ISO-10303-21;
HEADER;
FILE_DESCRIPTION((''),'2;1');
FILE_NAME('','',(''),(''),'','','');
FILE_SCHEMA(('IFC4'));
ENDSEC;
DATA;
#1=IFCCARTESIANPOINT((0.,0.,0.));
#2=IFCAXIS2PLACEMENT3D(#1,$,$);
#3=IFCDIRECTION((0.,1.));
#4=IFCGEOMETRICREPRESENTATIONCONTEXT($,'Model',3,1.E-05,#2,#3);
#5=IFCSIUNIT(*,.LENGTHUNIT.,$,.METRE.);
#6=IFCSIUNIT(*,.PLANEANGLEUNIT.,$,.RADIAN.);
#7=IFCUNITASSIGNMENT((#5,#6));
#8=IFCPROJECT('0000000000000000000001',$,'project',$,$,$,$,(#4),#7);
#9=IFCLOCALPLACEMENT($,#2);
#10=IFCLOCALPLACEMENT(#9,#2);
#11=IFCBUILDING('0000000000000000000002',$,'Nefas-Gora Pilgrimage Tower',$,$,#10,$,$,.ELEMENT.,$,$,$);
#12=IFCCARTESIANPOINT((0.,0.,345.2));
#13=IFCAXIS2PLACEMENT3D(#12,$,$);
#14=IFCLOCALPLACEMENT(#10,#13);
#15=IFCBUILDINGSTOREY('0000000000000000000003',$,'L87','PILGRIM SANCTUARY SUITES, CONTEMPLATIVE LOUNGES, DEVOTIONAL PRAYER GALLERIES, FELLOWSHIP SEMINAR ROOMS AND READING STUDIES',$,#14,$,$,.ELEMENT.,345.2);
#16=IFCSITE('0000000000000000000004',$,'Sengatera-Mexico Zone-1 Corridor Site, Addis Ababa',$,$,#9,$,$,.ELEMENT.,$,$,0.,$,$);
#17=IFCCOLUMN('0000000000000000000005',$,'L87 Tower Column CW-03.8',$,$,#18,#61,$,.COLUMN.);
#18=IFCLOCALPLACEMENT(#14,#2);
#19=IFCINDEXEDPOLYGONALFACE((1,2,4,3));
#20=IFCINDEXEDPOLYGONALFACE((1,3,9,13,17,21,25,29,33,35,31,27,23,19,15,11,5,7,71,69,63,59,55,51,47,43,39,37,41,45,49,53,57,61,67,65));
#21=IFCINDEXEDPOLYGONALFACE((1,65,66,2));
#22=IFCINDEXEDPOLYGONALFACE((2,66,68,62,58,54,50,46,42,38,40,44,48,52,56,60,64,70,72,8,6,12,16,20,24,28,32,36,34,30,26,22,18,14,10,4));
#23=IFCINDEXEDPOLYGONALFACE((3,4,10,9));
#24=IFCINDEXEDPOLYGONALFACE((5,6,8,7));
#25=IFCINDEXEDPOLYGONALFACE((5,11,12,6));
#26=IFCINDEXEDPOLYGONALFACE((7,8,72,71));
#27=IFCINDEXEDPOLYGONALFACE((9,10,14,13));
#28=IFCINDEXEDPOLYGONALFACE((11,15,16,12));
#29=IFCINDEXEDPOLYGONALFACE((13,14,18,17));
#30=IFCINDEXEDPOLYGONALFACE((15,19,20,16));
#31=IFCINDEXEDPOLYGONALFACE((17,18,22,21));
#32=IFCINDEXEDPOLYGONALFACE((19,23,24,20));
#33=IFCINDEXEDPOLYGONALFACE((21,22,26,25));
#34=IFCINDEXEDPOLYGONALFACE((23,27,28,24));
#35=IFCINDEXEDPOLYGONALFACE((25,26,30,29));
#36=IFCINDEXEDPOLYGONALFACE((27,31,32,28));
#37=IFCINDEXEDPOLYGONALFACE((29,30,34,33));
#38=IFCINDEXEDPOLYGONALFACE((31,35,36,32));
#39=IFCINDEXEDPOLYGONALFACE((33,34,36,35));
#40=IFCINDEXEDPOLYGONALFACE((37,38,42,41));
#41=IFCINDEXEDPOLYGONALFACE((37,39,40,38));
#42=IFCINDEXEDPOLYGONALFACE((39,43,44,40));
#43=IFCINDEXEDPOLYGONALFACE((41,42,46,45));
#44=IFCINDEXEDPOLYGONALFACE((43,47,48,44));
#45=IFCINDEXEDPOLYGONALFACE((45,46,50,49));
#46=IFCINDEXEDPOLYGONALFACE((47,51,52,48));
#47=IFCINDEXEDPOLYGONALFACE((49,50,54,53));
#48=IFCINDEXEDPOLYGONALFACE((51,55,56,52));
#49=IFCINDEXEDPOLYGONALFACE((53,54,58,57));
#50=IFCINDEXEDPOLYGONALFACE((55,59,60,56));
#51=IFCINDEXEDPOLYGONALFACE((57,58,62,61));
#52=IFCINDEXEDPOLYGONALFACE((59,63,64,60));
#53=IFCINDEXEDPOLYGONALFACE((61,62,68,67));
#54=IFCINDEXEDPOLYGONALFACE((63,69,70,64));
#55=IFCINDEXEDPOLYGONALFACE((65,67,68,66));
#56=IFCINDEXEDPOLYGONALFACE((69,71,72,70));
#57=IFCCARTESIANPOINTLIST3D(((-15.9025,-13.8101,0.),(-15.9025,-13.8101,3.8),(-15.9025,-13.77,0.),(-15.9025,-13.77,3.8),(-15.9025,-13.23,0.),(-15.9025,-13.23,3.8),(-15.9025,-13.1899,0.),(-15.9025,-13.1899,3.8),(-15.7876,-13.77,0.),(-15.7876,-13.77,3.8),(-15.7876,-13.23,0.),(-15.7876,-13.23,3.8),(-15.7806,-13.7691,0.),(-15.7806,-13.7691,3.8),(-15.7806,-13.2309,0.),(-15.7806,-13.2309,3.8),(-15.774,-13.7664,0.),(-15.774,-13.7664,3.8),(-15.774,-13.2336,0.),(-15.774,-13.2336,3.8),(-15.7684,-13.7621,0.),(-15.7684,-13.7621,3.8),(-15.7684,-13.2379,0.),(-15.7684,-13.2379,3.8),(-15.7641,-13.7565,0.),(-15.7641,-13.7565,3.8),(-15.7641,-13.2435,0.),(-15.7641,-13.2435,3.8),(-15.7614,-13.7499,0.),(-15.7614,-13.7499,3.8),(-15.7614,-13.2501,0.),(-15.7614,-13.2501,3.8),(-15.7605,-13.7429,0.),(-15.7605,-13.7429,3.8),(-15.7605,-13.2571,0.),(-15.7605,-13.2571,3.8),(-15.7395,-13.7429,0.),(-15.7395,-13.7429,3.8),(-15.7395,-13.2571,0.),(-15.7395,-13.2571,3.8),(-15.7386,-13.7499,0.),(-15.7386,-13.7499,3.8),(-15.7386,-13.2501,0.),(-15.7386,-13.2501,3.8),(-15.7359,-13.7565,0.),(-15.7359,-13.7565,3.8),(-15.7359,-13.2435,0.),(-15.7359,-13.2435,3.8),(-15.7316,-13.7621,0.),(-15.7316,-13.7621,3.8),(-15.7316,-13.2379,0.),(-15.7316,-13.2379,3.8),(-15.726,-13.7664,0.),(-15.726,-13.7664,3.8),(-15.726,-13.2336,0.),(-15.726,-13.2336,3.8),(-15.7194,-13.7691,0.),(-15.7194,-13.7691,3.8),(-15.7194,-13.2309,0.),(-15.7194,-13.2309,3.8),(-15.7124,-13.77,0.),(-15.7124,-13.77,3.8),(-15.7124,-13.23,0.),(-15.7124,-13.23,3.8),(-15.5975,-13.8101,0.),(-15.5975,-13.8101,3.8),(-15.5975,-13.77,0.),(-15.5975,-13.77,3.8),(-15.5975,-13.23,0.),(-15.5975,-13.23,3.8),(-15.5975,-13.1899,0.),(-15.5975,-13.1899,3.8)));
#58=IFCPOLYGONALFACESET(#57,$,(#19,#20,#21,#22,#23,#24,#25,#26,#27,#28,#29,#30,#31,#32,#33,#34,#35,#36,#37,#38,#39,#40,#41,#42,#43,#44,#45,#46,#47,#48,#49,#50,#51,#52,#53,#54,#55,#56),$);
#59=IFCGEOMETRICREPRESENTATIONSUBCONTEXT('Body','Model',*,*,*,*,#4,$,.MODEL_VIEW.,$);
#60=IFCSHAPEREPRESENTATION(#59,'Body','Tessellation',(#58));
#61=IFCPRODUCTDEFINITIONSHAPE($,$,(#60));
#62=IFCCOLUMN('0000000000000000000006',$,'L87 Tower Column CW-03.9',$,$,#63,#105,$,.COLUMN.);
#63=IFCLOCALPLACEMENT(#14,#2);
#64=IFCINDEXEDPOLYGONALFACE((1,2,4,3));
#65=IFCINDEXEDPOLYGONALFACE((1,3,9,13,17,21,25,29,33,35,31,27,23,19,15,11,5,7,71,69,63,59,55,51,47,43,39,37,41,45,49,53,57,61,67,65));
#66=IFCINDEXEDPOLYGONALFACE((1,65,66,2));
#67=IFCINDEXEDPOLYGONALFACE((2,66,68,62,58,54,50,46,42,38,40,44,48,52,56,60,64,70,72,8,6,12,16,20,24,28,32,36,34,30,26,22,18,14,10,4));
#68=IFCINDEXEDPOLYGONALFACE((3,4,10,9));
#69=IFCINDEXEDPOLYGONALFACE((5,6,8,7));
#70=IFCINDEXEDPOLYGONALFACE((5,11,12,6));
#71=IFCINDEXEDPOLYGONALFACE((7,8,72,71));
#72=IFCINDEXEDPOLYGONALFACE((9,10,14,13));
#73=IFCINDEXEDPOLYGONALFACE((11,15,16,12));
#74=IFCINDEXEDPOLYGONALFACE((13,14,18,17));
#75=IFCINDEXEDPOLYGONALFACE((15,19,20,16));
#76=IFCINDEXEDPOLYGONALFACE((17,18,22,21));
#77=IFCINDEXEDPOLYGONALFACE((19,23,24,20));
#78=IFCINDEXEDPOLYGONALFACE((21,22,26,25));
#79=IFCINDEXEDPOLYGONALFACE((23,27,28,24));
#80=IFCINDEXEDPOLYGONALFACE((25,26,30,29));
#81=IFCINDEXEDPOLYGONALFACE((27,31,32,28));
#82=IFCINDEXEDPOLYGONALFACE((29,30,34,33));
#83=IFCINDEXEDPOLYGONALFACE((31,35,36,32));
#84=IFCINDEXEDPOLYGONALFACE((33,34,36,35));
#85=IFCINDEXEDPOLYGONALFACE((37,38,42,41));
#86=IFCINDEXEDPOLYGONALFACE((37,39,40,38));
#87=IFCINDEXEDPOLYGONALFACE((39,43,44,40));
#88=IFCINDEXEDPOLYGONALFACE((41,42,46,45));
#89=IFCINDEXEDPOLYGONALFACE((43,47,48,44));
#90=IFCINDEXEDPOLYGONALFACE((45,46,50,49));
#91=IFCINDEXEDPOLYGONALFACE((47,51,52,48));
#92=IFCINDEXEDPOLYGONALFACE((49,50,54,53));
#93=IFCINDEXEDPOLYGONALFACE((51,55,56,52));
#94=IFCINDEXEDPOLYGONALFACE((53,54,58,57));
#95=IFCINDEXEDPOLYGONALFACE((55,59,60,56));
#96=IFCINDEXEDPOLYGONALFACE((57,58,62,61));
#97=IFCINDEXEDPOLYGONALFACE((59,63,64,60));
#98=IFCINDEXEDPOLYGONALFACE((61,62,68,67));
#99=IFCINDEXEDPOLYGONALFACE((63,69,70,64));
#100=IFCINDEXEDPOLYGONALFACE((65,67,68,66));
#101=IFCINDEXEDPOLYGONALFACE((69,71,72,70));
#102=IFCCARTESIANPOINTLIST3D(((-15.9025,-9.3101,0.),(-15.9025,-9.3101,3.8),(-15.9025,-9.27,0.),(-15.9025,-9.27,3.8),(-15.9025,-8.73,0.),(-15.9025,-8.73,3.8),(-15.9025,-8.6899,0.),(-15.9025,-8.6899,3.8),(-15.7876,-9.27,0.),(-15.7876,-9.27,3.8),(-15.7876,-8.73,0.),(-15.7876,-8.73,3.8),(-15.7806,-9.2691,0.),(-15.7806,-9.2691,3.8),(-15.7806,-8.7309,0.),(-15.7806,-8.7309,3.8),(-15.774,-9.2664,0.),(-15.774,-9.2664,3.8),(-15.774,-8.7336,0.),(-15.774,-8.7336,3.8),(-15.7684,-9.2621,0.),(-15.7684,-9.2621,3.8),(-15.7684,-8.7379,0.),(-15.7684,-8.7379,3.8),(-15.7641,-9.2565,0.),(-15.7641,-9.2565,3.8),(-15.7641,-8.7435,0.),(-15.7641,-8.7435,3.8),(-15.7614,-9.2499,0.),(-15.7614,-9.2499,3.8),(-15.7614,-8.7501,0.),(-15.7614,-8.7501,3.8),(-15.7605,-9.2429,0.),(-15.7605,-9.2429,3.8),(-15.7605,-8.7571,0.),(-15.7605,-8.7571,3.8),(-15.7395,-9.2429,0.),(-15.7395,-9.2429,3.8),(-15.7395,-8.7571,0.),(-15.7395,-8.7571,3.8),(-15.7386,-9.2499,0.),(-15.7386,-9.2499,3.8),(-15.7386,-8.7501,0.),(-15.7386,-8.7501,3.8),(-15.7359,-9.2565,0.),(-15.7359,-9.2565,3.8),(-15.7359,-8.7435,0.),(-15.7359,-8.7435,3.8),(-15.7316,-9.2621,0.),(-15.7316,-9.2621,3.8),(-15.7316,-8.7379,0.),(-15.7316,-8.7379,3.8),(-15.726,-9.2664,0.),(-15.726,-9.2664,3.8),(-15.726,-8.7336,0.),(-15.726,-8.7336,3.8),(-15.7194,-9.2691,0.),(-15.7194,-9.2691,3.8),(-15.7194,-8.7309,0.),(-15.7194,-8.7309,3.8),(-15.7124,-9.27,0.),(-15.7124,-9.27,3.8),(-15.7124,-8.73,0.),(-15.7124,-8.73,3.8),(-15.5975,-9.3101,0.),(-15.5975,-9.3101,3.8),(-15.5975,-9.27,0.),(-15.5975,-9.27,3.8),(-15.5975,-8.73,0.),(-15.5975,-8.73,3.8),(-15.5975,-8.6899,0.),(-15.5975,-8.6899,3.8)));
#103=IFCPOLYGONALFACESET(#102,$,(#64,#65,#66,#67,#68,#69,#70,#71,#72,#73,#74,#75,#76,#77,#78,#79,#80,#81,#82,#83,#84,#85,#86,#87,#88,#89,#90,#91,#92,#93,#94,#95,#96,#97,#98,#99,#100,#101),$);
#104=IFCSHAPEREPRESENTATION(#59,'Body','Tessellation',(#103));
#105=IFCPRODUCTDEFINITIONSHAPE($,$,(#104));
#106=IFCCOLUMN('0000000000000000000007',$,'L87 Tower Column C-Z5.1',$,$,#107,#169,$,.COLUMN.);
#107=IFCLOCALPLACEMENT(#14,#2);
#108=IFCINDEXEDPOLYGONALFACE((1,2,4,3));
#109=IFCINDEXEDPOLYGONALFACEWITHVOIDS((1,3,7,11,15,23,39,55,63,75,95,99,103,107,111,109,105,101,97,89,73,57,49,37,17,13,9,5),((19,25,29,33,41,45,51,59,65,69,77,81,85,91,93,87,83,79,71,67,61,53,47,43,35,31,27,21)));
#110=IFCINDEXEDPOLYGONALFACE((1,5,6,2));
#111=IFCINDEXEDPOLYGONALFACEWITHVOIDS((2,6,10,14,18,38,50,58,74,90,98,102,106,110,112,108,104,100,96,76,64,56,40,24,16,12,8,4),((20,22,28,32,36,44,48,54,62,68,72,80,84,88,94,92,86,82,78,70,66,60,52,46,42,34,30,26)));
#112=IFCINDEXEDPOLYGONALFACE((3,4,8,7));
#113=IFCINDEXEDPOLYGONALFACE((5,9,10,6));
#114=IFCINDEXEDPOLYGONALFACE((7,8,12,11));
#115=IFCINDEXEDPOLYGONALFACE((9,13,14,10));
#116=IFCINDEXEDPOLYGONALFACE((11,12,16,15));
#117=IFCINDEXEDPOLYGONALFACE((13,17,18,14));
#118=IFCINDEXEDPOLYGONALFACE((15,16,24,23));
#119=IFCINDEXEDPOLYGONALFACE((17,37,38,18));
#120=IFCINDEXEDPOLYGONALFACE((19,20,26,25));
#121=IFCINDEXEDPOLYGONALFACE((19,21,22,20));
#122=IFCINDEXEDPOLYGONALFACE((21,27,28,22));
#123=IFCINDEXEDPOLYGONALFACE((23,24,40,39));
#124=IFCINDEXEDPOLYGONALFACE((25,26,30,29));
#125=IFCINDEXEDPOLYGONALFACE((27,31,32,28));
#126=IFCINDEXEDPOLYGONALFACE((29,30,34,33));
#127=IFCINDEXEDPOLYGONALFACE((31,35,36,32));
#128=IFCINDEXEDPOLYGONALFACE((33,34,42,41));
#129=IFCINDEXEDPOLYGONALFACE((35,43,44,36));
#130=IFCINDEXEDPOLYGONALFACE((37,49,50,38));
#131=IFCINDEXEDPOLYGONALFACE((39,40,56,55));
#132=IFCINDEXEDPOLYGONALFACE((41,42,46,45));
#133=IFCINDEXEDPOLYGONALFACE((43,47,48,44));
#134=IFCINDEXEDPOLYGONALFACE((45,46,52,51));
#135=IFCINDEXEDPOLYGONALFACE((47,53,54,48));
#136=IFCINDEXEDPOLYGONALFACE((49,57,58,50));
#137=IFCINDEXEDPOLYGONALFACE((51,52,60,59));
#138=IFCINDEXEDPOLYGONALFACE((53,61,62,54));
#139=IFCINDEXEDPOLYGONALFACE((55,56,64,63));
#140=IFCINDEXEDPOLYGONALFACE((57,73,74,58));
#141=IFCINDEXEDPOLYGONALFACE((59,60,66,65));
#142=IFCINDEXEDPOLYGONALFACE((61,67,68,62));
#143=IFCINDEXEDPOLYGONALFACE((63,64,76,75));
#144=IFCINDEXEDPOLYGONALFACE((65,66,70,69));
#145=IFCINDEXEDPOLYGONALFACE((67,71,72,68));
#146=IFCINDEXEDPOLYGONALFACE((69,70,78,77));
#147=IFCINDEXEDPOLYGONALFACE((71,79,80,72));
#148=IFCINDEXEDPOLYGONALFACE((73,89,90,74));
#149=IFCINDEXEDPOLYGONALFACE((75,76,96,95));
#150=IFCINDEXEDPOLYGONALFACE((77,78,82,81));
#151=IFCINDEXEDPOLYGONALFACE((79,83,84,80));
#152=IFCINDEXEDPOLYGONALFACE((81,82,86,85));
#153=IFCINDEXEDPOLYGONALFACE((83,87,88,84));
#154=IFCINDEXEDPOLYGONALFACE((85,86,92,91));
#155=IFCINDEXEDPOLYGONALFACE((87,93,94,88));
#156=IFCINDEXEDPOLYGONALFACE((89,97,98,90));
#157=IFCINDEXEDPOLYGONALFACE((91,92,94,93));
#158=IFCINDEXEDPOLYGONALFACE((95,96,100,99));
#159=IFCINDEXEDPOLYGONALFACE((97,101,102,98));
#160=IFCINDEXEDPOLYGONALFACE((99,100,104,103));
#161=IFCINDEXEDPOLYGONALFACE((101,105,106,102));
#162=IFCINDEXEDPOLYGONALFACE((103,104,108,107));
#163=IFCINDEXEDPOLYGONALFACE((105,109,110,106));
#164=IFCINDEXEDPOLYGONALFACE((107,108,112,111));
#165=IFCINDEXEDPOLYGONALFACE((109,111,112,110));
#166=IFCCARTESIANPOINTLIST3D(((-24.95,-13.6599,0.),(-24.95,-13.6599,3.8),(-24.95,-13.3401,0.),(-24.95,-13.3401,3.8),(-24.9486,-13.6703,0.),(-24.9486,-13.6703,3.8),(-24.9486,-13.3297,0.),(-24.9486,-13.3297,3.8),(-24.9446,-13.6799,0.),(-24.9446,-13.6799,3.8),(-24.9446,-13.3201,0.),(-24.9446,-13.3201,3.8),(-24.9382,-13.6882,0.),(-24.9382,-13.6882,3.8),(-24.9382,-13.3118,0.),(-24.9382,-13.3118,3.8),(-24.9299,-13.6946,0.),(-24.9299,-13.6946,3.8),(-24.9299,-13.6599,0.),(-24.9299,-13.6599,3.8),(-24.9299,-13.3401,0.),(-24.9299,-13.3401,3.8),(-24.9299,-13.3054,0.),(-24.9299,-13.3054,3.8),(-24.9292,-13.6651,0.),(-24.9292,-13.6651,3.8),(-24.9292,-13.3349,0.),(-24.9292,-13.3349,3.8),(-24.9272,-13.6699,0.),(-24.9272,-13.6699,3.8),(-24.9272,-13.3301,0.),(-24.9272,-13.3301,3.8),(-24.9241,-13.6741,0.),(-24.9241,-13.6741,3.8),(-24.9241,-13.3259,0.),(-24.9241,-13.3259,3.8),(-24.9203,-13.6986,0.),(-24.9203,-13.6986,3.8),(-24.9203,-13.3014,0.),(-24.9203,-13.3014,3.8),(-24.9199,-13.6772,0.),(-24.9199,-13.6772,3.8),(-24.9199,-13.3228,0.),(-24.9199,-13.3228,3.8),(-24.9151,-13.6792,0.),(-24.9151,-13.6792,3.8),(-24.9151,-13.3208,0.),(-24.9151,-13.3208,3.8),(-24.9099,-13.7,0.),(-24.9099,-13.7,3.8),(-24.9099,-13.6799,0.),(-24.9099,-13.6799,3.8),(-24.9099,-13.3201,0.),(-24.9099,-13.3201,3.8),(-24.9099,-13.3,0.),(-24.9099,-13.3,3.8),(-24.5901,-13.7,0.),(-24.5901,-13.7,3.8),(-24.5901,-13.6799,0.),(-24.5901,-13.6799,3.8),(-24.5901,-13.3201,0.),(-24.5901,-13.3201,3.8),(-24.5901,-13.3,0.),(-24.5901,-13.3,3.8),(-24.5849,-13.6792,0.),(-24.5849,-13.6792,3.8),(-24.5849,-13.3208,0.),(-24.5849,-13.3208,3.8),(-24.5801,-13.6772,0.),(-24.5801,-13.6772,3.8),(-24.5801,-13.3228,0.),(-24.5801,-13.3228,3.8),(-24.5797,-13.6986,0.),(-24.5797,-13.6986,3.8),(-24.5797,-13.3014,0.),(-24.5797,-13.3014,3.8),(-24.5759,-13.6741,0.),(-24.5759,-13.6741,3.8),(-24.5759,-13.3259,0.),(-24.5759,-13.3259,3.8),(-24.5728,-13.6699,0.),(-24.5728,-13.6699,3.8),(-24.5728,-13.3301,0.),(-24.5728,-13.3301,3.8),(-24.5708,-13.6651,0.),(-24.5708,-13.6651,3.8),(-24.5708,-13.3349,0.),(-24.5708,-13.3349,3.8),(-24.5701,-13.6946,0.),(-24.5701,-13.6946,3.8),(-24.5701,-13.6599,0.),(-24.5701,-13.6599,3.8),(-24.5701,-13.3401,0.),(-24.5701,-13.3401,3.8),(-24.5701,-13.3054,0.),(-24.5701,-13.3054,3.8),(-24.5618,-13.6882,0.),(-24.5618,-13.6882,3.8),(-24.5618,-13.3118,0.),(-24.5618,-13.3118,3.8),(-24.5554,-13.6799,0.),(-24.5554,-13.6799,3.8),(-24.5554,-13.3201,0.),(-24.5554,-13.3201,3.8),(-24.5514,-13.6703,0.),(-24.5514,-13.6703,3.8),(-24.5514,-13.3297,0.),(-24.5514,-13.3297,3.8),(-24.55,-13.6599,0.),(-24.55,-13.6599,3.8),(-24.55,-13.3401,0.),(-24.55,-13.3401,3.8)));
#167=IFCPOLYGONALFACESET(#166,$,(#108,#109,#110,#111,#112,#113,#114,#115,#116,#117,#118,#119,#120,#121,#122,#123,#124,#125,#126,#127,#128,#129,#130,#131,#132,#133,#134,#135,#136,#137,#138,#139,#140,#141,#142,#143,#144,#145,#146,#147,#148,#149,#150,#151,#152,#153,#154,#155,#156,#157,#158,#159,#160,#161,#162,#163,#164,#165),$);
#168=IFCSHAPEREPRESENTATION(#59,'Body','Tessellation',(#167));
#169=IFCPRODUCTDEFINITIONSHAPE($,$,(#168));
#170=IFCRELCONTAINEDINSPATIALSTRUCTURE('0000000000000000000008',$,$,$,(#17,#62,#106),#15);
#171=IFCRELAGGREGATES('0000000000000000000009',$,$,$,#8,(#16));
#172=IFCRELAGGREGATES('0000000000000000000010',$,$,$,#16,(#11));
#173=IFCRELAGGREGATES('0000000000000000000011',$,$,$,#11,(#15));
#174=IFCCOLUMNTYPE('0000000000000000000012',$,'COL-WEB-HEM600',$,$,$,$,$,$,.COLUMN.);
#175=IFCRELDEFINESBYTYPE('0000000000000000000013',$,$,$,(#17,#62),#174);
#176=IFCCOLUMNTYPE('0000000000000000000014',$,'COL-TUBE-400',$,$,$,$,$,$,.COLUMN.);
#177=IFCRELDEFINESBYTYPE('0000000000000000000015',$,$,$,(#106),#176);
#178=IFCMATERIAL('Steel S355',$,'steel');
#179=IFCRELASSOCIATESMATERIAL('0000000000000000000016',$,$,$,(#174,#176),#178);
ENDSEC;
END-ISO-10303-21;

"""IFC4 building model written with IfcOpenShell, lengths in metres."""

from ifc_helpers import new_model, si_unit, direction, frame, origin, origin_2d, place, context, subcontext, project, spatial, hollow_rectangle, i_section, extrude, source, transform, mapped, material, material_profile, profile_set, type_object, element, save


model = new_model("IFC4")

# Units and contexts
model_context = context("Model", 3, precision=1e-05, world=origin(), true_north=direction((0.0, 1.0)))
body_context = subcontext(model_context, "Body", "Model", "MODEL_VIEW")
ifc_project = project(units=[si_unit("LENGTHUNIT", "METRE"), si_unit("PLANEANGLEUNIT", "RADIAN")], contexts=[model_context])

# Site, building, storey
site_placement = place(None, origin())
site = spatial("IfcSite", under=ifc_project, at=site_placement, Name="Sengatera-Mexico Zone-1 Corridor Site, Addis Ababa", CompositionType="ELEMENT", RefElevation=0.0)
building_placement = place(site_placement, origin())
building = spatial("IfcBuilding", under=site, at=building_placement, Name="Nefas-Gora Pilgrimage Tower", CompositionType="ELEMENT")
storey_placement = place(building_placement, frame((0.0, 0.0, 345.2)))
storey = spatial("IfcBuildingStorey", under=building, at=storey_placement, Name="L87", Description="PILGRIM SANCTUARY SUITES, CONTEMPLATIVE LOUNGES, DEVOTIONAL PRAYER GALLERIES, FELLOWSHIP SEMINAR ROOMS AND READING STUDIES", CompositionType="ELEMENT", Elevation=345.2)

# Columns
ifc_material_1 = material(Name="Steel S355", Category="steel")
ifc_material_profile_1 = material_profile(ifc_material_1, i_section(OverallWidth=0.3049, OverallDepth=0.6201, WebThickness=0.021, FlangeThickness=0.04, FilletRadius=0.0271, at=origin_2d()), Name="HEM 600")
ifc_profile_set_1 = profile_set([ifc_material_profile_1], Name="Steel S355")
column_type_1 = type_object("IfcColumnType", Name="COL-WEB-HEM600", PredefinedType="COLUMN", material=ifc_profile_set_1)
shared_shape_1 = source(origin(), body_context, "Body", "SweptSolid", [
    extrude(i_section(OverallWidth=0.3049, OverallDepth=0.6201, WebThickness=0.021, FlangeThickness=0.04, FilletRadius=0.0271, at=origin_2d()), origin(), (0.0, 0.0, 1.0), 3.8),
])
for number, where, z_axis, x_axis, name in (
    (1, (-15.75, -13.5, 0.0), (0.0, 0.0, 1.0), (1.0, 0.0, 0.0), "L87 Tower Column CW-03.8"),
    (2, (-15.75, -9.0, 0.0), (0.0, 0.0, 1.0), (1.0, 0.0, 0.0), "L87 Tower Column CW-03.9"),
):
    element("IfcColumn", number, at=place(storey_placement, frame(where, z_axis=z_axis, x_axis=x_axis)), inside=storey, type_object=column_type_1, Name=name, PredefinedType="COLUMN", context=body_context, shape_type="MappedRepresentation", body=[
        mapped(shared_shape_1, transform((0.0, 0.0, 0.0), x_axis=(1.0, 0.0, 0.0), y_axis=(0.0, 1.0, 0.0), z_axis=(0.0, 0.0, 1.0), scale=1.0)),
    ])
ifc_material_profile_2 = material_profile(ifc_material_1, hollow_rectangle(XDim=0.3999, YDim=0.3999, WallThickness=0.02, InnerFilletRadius=0.02, OuterFilletRadius=0.04, at=origin_2d()), Name="SHS 400x400x20")
ifc_profile_set_2 = profile_set([ifc_material_profile_2], Name="Steel S355")
column_type_2 = type_object("IfcColumnType", Name="COL-TUBE-400", PredefinedType="COLUMN", material=ifc_profile_set_2)
shared_shape_2 = source(origin(), body_context, "Body", "SweptSolid", [
    extrude(hollow_rectangle(XDim=0.3999, YDim=0.3999, WallThickness=0.02, InnerFilletRadius=0.02, OuterFilletRadius=0.04, at=origin_2d()), origin(), (0.0, 0.0, 1.0), 3.8),
])
for number, where, z_axis, x_axis, name in (
    (3, (-24.75, -13.5, 0.0), (0.0, 0.0, 1.0), (1.0, 0.0, 0.0), "L87 Tower Column C-Z5.1"),
):
    element("IfcColumn", number, at=place(storey_placement, frame(where, z_axis=z_axis, x_axis=x_axis)), inside=storey, type_object=column_type_2, Name=name, PredefinedType="COLUMN", context=body_context, shape_type="MappedRepresentation", body=[
        mapped(shared_shape_2, transform((0.0, 0.0, 0.0), x_axis=(1.0, 0.0, 0.0), y_axis=(0.0, 1.0, 0.0), z_axis=(0.0, 0.0, 1.0), scale=1.0)),
    ])

save(model, "model.ifc")
